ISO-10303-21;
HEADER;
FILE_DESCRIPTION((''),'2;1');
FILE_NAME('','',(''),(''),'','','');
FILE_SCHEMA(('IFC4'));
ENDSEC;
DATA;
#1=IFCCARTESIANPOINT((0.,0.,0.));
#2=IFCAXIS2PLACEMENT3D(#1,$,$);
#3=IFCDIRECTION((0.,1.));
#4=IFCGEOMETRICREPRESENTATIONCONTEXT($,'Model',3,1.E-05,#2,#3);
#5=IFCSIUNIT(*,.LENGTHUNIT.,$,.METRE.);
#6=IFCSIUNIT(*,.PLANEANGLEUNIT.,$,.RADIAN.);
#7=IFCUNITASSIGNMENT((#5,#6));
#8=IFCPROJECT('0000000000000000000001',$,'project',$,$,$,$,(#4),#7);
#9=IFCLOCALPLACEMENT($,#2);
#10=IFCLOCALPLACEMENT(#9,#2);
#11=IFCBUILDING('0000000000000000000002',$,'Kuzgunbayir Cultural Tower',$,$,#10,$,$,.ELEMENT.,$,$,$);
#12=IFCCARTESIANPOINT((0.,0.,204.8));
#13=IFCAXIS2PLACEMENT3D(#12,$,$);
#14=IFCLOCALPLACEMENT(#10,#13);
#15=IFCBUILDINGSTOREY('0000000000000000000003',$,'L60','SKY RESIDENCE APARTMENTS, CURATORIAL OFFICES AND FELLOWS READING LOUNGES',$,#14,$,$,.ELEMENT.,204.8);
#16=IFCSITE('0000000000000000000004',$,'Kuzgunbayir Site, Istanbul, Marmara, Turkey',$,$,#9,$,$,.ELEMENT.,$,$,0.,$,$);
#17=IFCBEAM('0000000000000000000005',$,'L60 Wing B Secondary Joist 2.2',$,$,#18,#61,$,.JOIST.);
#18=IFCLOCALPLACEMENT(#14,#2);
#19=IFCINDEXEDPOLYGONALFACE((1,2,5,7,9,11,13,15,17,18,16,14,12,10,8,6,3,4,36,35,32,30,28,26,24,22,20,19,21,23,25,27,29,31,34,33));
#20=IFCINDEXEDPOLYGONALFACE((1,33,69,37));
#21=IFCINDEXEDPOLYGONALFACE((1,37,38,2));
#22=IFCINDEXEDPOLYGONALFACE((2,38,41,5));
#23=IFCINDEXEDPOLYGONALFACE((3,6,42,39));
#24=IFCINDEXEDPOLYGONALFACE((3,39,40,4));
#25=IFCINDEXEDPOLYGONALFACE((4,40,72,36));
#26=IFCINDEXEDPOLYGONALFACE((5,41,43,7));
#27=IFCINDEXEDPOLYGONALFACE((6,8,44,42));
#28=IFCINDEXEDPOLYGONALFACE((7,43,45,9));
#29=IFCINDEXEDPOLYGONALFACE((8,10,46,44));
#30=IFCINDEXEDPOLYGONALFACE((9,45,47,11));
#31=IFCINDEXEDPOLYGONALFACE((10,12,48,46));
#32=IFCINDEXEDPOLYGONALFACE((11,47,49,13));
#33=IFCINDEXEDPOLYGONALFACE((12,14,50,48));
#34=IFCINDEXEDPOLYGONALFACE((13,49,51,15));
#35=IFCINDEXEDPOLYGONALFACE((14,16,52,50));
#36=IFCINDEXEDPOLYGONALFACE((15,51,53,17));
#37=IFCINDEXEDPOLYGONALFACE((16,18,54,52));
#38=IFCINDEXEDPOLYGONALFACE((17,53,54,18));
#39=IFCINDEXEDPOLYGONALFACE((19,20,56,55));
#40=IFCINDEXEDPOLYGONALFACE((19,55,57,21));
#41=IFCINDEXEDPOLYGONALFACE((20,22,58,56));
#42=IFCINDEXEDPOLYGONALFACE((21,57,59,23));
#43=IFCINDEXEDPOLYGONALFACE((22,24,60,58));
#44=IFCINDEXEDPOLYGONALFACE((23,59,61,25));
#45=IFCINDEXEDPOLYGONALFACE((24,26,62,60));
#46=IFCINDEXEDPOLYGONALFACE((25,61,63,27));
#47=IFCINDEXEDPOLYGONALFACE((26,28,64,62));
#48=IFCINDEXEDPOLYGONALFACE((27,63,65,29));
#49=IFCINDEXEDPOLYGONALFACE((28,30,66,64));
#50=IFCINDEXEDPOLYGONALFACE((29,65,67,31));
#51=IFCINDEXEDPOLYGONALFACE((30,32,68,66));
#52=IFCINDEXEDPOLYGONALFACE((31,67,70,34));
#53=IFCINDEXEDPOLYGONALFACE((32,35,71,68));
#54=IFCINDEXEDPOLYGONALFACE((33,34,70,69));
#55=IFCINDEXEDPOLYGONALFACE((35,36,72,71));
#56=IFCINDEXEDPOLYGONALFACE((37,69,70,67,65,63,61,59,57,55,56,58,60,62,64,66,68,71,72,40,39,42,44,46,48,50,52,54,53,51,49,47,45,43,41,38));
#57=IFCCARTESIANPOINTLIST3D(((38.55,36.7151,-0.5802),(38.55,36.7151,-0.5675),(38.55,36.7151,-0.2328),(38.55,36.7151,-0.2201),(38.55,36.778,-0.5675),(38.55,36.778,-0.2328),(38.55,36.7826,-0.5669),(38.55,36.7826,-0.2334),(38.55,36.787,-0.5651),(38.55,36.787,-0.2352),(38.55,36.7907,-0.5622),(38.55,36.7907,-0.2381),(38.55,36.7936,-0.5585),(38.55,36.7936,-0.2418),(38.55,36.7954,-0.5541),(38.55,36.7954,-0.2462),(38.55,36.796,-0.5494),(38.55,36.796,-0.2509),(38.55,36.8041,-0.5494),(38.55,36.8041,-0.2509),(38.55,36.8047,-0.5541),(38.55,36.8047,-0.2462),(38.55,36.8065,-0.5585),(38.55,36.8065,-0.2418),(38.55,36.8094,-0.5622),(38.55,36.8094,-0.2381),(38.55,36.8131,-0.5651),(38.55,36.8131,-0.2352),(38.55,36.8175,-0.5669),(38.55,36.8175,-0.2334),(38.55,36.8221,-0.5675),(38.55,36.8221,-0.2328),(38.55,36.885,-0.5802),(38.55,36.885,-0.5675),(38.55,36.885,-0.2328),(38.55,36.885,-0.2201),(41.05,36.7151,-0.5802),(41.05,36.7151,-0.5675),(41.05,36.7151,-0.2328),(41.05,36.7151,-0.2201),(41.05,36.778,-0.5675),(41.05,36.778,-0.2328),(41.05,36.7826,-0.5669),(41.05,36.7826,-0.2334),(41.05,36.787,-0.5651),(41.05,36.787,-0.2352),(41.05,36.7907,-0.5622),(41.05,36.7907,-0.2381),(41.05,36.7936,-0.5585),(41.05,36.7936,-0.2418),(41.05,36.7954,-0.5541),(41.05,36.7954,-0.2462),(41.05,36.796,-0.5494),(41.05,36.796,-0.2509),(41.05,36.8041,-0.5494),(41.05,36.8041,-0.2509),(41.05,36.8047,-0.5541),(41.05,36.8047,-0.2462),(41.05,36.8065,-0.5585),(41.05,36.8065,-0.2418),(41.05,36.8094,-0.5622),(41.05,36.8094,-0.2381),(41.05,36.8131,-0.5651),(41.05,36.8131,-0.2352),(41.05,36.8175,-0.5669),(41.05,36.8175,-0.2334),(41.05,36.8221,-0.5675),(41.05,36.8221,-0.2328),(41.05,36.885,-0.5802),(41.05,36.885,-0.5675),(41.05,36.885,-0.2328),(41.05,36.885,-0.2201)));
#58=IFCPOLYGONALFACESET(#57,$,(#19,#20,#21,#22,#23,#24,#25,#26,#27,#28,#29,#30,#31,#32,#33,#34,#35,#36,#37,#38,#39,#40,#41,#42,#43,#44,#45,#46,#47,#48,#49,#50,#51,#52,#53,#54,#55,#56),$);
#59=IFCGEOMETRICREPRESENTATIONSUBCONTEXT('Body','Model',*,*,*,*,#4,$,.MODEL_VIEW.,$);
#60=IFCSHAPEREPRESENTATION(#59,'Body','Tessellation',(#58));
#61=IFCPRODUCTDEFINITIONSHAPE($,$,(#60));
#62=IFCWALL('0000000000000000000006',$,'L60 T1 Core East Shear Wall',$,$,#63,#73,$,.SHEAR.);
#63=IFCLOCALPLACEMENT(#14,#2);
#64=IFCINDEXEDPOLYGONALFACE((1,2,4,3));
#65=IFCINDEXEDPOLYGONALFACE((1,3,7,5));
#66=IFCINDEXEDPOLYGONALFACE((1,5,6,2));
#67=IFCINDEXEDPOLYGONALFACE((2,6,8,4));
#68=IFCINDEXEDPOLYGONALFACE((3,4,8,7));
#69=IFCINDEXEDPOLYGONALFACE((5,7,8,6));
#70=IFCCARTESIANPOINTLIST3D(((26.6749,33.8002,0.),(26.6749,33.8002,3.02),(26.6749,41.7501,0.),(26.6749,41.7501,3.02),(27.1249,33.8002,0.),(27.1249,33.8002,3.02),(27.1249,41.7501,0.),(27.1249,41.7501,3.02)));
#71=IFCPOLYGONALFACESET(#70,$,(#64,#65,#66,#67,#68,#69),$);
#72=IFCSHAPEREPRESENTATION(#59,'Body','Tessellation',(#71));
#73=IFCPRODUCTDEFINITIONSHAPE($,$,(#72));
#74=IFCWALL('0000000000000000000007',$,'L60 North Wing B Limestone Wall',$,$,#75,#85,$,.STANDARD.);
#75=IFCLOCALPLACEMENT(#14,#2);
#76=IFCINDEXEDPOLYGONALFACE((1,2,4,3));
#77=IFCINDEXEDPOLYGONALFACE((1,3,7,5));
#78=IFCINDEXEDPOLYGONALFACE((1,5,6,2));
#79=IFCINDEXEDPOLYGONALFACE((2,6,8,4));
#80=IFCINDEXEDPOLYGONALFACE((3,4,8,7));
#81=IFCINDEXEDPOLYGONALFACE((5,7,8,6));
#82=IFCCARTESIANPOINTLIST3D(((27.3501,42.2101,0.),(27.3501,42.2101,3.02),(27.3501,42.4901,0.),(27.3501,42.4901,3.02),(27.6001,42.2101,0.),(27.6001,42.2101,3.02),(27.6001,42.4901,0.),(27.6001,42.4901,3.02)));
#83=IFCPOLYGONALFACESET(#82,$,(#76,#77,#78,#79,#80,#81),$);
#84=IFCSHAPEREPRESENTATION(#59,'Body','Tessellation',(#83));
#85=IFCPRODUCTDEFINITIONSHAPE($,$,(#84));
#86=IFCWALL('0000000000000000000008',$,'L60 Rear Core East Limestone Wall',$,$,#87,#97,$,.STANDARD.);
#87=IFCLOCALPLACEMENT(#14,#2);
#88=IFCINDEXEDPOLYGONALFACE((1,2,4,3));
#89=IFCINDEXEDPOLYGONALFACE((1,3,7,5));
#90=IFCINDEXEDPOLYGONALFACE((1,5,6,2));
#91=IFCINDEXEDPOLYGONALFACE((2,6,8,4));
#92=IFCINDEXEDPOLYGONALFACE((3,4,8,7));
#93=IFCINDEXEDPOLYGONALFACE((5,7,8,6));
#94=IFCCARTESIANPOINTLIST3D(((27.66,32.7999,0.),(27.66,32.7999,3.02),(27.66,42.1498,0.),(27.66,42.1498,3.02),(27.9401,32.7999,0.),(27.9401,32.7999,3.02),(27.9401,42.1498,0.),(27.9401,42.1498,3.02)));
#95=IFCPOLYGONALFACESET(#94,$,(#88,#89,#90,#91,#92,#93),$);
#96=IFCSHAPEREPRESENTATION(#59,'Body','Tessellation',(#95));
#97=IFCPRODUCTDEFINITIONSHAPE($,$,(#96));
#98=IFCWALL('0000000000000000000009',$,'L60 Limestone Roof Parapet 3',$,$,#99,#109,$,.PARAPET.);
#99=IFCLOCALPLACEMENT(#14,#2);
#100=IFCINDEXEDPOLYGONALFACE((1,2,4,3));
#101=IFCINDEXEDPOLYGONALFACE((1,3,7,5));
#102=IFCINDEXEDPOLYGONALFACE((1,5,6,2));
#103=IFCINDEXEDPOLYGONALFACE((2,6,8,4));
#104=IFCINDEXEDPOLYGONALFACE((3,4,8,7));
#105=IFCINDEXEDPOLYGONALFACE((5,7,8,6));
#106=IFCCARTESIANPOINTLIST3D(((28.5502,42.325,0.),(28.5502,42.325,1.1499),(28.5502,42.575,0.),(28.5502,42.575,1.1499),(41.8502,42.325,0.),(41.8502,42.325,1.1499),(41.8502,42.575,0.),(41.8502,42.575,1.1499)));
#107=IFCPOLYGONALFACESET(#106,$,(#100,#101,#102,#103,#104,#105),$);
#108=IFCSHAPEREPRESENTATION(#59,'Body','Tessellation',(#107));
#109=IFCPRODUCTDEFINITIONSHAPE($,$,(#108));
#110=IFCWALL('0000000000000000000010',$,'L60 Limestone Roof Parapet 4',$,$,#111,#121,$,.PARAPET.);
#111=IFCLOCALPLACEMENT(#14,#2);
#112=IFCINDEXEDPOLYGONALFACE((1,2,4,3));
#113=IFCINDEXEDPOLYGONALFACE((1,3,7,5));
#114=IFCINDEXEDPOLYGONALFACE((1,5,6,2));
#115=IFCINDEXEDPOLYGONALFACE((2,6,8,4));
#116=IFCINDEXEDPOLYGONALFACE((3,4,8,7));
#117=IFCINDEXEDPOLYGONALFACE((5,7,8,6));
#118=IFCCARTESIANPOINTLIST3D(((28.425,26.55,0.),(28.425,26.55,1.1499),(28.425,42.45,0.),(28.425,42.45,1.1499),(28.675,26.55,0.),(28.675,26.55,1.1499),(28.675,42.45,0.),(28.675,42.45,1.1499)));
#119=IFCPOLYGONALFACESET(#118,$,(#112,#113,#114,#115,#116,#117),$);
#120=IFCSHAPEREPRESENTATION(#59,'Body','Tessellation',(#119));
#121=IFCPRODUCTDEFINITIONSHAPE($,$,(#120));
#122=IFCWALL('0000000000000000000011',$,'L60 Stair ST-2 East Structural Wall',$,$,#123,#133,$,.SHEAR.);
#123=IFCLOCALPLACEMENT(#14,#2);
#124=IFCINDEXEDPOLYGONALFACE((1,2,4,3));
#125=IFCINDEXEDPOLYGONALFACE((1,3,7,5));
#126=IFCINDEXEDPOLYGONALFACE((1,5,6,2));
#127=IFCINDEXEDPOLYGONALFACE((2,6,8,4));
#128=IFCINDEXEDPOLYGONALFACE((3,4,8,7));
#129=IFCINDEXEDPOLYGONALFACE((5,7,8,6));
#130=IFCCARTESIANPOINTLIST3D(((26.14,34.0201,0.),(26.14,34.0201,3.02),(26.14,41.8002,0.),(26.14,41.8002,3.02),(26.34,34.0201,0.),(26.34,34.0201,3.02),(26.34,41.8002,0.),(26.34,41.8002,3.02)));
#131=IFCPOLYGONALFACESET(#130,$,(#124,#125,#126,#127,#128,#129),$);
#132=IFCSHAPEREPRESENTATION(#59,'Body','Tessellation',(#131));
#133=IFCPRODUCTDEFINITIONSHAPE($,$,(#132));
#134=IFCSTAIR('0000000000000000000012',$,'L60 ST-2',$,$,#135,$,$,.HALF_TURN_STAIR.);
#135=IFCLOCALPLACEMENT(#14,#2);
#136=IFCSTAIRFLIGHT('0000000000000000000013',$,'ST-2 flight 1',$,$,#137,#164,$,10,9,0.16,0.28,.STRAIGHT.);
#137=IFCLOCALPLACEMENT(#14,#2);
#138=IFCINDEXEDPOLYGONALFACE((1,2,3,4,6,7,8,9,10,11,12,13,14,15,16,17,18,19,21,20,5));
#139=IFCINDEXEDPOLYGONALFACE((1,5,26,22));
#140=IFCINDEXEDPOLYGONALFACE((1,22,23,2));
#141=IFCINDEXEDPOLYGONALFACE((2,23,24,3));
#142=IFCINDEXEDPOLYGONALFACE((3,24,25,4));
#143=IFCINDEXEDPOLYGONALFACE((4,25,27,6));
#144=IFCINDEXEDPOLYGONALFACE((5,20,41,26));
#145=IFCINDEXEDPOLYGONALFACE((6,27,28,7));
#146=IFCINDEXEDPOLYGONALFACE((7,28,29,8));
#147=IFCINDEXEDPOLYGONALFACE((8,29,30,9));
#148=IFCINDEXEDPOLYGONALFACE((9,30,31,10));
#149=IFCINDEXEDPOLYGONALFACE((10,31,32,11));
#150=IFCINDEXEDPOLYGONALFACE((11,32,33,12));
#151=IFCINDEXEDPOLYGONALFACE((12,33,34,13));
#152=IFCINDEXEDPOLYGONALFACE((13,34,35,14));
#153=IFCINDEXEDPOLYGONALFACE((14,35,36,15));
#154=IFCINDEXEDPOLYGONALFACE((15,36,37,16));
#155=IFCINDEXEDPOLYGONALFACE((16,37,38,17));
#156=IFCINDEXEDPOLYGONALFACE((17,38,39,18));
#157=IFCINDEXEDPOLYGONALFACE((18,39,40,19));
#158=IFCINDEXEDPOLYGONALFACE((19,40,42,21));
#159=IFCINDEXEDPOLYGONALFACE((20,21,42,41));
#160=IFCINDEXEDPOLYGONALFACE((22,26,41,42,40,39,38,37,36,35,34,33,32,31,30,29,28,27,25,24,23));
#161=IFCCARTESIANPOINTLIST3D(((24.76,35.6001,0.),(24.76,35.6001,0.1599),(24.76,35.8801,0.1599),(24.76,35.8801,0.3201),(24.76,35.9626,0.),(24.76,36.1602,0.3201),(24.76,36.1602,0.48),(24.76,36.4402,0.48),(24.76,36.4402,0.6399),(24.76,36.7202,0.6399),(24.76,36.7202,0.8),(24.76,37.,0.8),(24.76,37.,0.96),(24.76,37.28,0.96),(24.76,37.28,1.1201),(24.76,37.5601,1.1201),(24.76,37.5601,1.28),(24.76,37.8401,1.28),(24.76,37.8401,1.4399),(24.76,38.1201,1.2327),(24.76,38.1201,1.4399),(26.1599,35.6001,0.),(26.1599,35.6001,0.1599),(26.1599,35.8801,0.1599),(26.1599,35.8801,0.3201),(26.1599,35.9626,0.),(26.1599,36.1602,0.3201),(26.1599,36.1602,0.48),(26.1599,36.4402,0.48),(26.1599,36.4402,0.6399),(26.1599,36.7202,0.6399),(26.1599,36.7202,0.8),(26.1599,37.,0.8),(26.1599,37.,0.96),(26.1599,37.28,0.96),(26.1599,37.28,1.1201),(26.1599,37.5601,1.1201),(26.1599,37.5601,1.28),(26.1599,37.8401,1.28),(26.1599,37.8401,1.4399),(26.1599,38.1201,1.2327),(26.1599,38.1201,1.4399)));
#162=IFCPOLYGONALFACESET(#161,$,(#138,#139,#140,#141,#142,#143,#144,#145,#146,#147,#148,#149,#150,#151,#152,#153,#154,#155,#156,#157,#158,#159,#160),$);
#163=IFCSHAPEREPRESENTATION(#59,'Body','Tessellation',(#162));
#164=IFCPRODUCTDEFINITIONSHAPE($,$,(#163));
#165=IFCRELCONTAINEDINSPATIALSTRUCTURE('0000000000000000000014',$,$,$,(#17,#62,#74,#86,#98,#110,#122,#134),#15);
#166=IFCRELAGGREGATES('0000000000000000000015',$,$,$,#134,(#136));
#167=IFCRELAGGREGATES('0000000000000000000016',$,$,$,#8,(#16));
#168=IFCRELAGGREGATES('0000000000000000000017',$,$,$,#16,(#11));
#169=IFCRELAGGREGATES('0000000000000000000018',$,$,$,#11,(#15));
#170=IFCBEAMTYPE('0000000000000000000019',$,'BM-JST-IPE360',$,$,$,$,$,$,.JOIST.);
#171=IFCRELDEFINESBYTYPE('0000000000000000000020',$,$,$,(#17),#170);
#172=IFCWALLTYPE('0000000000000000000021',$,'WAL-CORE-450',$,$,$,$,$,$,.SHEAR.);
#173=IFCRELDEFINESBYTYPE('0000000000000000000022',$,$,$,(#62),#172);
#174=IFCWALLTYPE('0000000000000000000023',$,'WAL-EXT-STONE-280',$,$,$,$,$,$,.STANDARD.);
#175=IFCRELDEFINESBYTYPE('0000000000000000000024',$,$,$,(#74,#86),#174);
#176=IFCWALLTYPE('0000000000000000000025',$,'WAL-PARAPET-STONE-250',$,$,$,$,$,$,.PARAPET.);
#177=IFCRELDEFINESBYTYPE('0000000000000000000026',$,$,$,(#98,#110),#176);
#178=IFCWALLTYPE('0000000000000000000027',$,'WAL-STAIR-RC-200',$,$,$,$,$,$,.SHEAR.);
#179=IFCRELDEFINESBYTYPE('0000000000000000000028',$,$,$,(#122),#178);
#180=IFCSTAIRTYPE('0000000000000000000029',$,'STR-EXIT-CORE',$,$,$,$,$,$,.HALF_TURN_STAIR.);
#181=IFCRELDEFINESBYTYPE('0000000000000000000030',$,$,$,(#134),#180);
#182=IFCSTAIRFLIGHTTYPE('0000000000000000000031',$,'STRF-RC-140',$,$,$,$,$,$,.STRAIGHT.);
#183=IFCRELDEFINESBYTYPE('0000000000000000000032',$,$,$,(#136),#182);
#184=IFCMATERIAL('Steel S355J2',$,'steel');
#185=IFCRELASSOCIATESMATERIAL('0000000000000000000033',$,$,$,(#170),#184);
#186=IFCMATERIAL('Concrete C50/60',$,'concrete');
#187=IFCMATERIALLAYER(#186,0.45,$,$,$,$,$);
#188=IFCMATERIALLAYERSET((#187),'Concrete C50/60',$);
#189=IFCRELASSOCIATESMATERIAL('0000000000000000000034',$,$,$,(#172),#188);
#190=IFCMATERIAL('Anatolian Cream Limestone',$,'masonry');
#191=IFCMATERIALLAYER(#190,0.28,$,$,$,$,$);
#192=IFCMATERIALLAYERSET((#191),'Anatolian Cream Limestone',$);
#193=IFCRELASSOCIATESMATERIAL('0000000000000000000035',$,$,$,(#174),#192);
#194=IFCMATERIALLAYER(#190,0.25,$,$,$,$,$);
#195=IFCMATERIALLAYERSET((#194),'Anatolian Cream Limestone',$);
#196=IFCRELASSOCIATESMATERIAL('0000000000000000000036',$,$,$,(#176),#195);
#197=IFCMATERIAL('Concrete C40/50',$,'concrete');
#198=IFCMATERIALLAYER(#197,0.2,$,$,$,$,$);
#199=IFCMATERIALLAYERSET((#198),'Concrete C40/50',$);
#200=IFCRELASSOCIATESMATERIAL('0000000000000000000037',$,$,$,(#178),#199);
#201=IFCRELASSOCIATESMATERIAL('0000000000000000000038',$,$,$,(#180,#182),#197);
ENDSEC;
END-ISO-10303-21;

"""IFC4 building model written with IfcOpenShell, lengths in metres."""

from ifc_helpers import new_model, si_unit, direction, frame, frame_2d, origin, origin_2d, place, context, subcontext, project, spatial, polyline, rectangle, i_section, outline, extrude, material, layer, layer_set, material_profile, profile_set, type_object, element, aggregate, save


model = new_model("IFC4")

# Units and contexts
model_context = context("Model", 3, precision=1e-05, world=origin(), true_north=direction((0.0, 1.0)))
body_context = subcontext(model_context, "Body", "Model", "MODEL_VIEW")
ifc_project = project(units=[si_unit("LENGTHUNIT", "METRE"), si_unit("PLANEANGLEUNIT", "RADIAN")], contexts=[model_context])

# Site, building, storey
site_placement = place(None, origin())
site = spatial("IfcSite", under=ifc_project, at=site_placement, Name="Kuzgunbayir Site, Istanbul, Marmara, Turkey", CompositionType="ELEMENT", RefElevation=0.0)
building_placement = place(site_placement, origin())
building = spatial("IfcBuilding", under=site, at=building_placement, Name="Kuzgunbayir Cultural Tower", CompositionType="ELEMENT")
storey_placement = place(building_placement, frame((0.0, 0.0, 204.8)))
storey = spatial("IfcBuildingStorey", under=building, at=storey_placement, Name="L60", Description="SKY RESIDENCE APARTMENTS, CURATORIAL OFFICES AND FELLOWS READING LOUNGES", CompositionType="ELEMENT", Elevation=204.8)

# Shared definitions
ifc_material_1 = material(Name="Concrete C50/60", Category="concrete")

# Beam
ifc_material_2 = material(Name="Steel S355J2", Category="steel")
ifc_material_profile_1 = material_profile(ifc_material_2, i_section(OverallWidth=0.1699, OverallDepth=0.3601, WebThickness=0.0081, FlangeThickness=0.0127, FilletRadius=0.0181, at=origin_2d()), Name="IPE 360")
ifc_profile_set_1 = profile_set([ifc_material_profile_1], Name="Steel S355J2")
beam_type_1 = type_object("IfcBeamType", Name="BM-JST-IPE360", PredefinedType="JOIST", material=ifc_profile_set_1)
for number, where, z_axis, x_axis, name in (
    (1, (38.55, 36.8, -0.4001), (1.0, 0.0, 0.0), (0.0, 1.0, 0.0), "L60 Wing B Secondary Joist 2.2"),
):
    element("IfcBeam", number, at=place(storey_placement, frame(where, z_axis=z_axis, x_axis=x_axis)), inside=storey, type_object=beam_type_1, Name=name, PredefinedType="JOIST", context=body_context, shape_type="SweptSolid", body=[
        extrude(i_section(OverallWidth=0.1699, OverallDepth=0.3601, WebThickness=0.0081, FlangeThickness=0.0127, FilletRadius=0.0181, at=origin_2d()), origin(), (0.0, 0.0, 1.0), 2.5),
    ])

# Walls
ifc_layer_1 = layer(ifc_material_1, 0.45)
ifc_layer_set_1 = layer_set([ifc_layer_1], Name="Concrete C50/60")
wall_type_1 = type_object("IfcWallType", Name="WAL-CORE-450", PredefinedType="SHEAR", material=ifc_layer_set_1)
wall_1_placement = place(storey_placement, frame((26.8999, 33.8, 0.0), z_axis=(0.0, 0.0, 1.0), x_axis=(0.0, 1.0, 0.0)))
element("IfcWall", 2, at=wall_1_placement, inside=storey, type_object=wall_type_1, Name="L60 T1 Core East Shear Wall", PredefinedType="SHEAR", context=body_context, shape_type="SweptSolid", body=[
    extrude(rectangle(XDim=7.95, YDim=0.45, at=frame_2d((3.9751, 0.0))), origin(), (0.0, 0.0, 1.0), 3.02),
])
ifc_material_3 = material(Name="Anatolian Cream Limestone", Category="masonry")
ifc_layer_2 = layer(ifc_material_3, 0.28)
ifc_layer_set_2 = layer_set([ifc_layer_2], Name="Anatolian Cream Limestone")
wall_type_2 = type_object("IfcWallType", Name="WAL-EXT-STONE-280", PredefinedType="STANDARD", material=ifc_layer_set_2)
wall_2_placement = place(storey_placement, frame((27.6001, 42.3501, 0.0), z_axis=(0.0, 0.0, 1.0), x_axis=(-1.0, 0.0, 0.0)))
element("IfcWall", 3, at=wall_2_placement, inside=storey, type_object=wall_type_2, Name="L60 North Wing B Limestone Wall", PredefinedType="STANDARD", context=body_context, shape_type="SweptSolid", body=[
    extrude(rectangle(XDim=0.25, YDim=0.28, at=frame_2d((0.125, 0.0))), origin(), (0.0, 0.0, 1.0), 3.02),
])
wall_3_placement = place(storey_placement, frame((27.8, 32.8, 0.0), z_axis=(0.0, 0.0, 1.0), x_axis=(0.0, 1.0, 0.0)))
element("IfcWall", 4, at=wall_3_placement, inside=storey, type_object=wall_type_2, Name="L60 Rear Core East Limestone Wall", PredefinedType="STANDARD", context=body_context, shape_type="SweptSolid", body=[
    extrude(rectangle(XDim=9.3499, YDim=0.28, at=frame_2d((4.6748, 0.0))), origin(), (0.0, 0.0, 1.0), 3.02),
])
ifc_layer_3 = layer(ifc_material_3, 0.25)
ifc_layer_set_3 = layer_set([ifc_layer_3], Name="Anatolian Cream Limestone")
wall_type_3 = type_object("IfcWallType", Name="WAL-PARAPET-STONE-250", PredefinedType="PARAPET", material=ifc_layer_set_3)
wall_4_placement = place(storey_placement, frame((41.8501, 42.45, 0.0), z_axis=(0.0, 0.0, 1.0), x_axis=(-1.0, 0.0, 0.0)))
element("IfcWall", 5, at=wall_4_placement, inside=storey, type_object=wall_type_3, Name="L60 Limestone Roof Parapet 3", PredefinedType="PARAPET", context=body_context, shape_type="SweptSolid", body=[
    extrude(rectangle(XDim=13.3, YDim=0.25, at=frame_2d((6.6499, 0.0))), origin(), (0.0, 0.0, 1.0), 1.1499),
])
wall_5_placement = place(storey_placement, frame((28.55, 42.45, 0.0), z_axis=(0.0, 0.0, 1.0), x_axis=(0.0, -1.0, 0.0)))
element("IfcWall", 6, at=wall_5_placement, inside=storey, type_object=wall_type_3, Name="L60 Limestone Roof Parapet 4", PredefinedType="PARAPET", context=body_context, shape_type="SweptSolid", body=[
    extrude(rectangle(XDim=15.8999, YDim=0.25, at=frame_2d((7.95, 0.0))), origin(), (0.0, 0.0, 1.0), 1.1499),
])
ifc_material_4 = material(Name="Concrete C40/50", Category="concrete")
ifc_layer_4 = layer(ifc_material_4, 0.2)
ifc_layer_set_4 = layer_set([ifc_layer_4], Name="Concrete C40/50")
wall_type_4 = type_object("IfcWallType", Name="WAL-STAIR-RC-200", PredefinedType="SHEAR", material=ifc_layer_set_4)
wall_6_placement = place(storey_placement, frame((26.24, 34.02, 0.0), z_axis=(0.0, 0.0, 1.0), x_axis=(0.0, 1.0, 0.0)))
element("IfcWall", 7, at=wall_6_placement, inside=storey, type_object=wall_type_4, Name="L60 Stair ST-2 East Structural Wall", PredefinedType="SHEAR", context=body_context, shape_type="SweptSolid", body=[
    extrude(rectangle(XDim=7.78, YDim=0.2, at=frame_2d((3.8901, 0.0))), origin(), (0.0, 0.0, 1.0), 3.02),
])

# Stair, stair flight
stair_type = type_object("IfcStairType", Name="STR-EXIT-CORE", PredefinedType="HALF_TURN_STAIR", material=ifc_material_4)
stair_placement = place(storey_placement, origin())
stair = element("IfcStair", 8, at=stair_placement, inside=storey, type_object=stair_type, Name="L60 ST-2", PredefinedType="HALF_TURN_STAIR")
stair_flight_type = type_object("IfcStairFlightType", Name="STRF-RC-140", PredefinedType="STRAIGHT", material=ifc_material_4)
stair_flight_placement = place(storey_placement, frame((25.46, 35.6001, 0.0), z_axis=(0.0, 0.0, 1.0), x_axis=(0.0, 1.0, 0.0)))
stair_flight = element("IfcStairFlight", 9, at=stair_flight_placement, type_object=stair_flight_type, Name="ST-2 flight 1", NumberOfRisers=10, NumberOfTreads=9, PredefinedType="STRAIGHT", RiserHeight=0.16, TreadLength=0.28, context=body_context, shape_type="SweptSolid", body=[
    extrude(outline(polyline([(0.0, 0.0), (0.0, 0.1599), (0.28, 0.1599), (0.28, 0.3201), (0.5601, 0.3201), (0.5601, 0.48), (0.8401, 0.48), (0.8401, 0.6399), (1.1201, 0.6399), (1.1201, 0.8), (1.3999, 0.8), (1.3999, 0.96), (1.6799, 0.96), (1.6799, 1.1201), (1.96, 1.1201), (1.96, 1.28), (2.24, 1.28), (2.24, 1.4399), (2.52, 1.4399), (2.52, 1.6001), (2.52, 1.2327), (0.3625, 0.0), (0.0, 0.0)])), frame((0.0, 0.7, 0.0), z_axis=(0.0, -1.0, 0.0), x_axis=(1.0, 0.0, 0.0)), (0.0, 0.0, 1.0), 1.3999),
])
aggregate(stair, [stair_flight])

save(model, "model.ifc")
